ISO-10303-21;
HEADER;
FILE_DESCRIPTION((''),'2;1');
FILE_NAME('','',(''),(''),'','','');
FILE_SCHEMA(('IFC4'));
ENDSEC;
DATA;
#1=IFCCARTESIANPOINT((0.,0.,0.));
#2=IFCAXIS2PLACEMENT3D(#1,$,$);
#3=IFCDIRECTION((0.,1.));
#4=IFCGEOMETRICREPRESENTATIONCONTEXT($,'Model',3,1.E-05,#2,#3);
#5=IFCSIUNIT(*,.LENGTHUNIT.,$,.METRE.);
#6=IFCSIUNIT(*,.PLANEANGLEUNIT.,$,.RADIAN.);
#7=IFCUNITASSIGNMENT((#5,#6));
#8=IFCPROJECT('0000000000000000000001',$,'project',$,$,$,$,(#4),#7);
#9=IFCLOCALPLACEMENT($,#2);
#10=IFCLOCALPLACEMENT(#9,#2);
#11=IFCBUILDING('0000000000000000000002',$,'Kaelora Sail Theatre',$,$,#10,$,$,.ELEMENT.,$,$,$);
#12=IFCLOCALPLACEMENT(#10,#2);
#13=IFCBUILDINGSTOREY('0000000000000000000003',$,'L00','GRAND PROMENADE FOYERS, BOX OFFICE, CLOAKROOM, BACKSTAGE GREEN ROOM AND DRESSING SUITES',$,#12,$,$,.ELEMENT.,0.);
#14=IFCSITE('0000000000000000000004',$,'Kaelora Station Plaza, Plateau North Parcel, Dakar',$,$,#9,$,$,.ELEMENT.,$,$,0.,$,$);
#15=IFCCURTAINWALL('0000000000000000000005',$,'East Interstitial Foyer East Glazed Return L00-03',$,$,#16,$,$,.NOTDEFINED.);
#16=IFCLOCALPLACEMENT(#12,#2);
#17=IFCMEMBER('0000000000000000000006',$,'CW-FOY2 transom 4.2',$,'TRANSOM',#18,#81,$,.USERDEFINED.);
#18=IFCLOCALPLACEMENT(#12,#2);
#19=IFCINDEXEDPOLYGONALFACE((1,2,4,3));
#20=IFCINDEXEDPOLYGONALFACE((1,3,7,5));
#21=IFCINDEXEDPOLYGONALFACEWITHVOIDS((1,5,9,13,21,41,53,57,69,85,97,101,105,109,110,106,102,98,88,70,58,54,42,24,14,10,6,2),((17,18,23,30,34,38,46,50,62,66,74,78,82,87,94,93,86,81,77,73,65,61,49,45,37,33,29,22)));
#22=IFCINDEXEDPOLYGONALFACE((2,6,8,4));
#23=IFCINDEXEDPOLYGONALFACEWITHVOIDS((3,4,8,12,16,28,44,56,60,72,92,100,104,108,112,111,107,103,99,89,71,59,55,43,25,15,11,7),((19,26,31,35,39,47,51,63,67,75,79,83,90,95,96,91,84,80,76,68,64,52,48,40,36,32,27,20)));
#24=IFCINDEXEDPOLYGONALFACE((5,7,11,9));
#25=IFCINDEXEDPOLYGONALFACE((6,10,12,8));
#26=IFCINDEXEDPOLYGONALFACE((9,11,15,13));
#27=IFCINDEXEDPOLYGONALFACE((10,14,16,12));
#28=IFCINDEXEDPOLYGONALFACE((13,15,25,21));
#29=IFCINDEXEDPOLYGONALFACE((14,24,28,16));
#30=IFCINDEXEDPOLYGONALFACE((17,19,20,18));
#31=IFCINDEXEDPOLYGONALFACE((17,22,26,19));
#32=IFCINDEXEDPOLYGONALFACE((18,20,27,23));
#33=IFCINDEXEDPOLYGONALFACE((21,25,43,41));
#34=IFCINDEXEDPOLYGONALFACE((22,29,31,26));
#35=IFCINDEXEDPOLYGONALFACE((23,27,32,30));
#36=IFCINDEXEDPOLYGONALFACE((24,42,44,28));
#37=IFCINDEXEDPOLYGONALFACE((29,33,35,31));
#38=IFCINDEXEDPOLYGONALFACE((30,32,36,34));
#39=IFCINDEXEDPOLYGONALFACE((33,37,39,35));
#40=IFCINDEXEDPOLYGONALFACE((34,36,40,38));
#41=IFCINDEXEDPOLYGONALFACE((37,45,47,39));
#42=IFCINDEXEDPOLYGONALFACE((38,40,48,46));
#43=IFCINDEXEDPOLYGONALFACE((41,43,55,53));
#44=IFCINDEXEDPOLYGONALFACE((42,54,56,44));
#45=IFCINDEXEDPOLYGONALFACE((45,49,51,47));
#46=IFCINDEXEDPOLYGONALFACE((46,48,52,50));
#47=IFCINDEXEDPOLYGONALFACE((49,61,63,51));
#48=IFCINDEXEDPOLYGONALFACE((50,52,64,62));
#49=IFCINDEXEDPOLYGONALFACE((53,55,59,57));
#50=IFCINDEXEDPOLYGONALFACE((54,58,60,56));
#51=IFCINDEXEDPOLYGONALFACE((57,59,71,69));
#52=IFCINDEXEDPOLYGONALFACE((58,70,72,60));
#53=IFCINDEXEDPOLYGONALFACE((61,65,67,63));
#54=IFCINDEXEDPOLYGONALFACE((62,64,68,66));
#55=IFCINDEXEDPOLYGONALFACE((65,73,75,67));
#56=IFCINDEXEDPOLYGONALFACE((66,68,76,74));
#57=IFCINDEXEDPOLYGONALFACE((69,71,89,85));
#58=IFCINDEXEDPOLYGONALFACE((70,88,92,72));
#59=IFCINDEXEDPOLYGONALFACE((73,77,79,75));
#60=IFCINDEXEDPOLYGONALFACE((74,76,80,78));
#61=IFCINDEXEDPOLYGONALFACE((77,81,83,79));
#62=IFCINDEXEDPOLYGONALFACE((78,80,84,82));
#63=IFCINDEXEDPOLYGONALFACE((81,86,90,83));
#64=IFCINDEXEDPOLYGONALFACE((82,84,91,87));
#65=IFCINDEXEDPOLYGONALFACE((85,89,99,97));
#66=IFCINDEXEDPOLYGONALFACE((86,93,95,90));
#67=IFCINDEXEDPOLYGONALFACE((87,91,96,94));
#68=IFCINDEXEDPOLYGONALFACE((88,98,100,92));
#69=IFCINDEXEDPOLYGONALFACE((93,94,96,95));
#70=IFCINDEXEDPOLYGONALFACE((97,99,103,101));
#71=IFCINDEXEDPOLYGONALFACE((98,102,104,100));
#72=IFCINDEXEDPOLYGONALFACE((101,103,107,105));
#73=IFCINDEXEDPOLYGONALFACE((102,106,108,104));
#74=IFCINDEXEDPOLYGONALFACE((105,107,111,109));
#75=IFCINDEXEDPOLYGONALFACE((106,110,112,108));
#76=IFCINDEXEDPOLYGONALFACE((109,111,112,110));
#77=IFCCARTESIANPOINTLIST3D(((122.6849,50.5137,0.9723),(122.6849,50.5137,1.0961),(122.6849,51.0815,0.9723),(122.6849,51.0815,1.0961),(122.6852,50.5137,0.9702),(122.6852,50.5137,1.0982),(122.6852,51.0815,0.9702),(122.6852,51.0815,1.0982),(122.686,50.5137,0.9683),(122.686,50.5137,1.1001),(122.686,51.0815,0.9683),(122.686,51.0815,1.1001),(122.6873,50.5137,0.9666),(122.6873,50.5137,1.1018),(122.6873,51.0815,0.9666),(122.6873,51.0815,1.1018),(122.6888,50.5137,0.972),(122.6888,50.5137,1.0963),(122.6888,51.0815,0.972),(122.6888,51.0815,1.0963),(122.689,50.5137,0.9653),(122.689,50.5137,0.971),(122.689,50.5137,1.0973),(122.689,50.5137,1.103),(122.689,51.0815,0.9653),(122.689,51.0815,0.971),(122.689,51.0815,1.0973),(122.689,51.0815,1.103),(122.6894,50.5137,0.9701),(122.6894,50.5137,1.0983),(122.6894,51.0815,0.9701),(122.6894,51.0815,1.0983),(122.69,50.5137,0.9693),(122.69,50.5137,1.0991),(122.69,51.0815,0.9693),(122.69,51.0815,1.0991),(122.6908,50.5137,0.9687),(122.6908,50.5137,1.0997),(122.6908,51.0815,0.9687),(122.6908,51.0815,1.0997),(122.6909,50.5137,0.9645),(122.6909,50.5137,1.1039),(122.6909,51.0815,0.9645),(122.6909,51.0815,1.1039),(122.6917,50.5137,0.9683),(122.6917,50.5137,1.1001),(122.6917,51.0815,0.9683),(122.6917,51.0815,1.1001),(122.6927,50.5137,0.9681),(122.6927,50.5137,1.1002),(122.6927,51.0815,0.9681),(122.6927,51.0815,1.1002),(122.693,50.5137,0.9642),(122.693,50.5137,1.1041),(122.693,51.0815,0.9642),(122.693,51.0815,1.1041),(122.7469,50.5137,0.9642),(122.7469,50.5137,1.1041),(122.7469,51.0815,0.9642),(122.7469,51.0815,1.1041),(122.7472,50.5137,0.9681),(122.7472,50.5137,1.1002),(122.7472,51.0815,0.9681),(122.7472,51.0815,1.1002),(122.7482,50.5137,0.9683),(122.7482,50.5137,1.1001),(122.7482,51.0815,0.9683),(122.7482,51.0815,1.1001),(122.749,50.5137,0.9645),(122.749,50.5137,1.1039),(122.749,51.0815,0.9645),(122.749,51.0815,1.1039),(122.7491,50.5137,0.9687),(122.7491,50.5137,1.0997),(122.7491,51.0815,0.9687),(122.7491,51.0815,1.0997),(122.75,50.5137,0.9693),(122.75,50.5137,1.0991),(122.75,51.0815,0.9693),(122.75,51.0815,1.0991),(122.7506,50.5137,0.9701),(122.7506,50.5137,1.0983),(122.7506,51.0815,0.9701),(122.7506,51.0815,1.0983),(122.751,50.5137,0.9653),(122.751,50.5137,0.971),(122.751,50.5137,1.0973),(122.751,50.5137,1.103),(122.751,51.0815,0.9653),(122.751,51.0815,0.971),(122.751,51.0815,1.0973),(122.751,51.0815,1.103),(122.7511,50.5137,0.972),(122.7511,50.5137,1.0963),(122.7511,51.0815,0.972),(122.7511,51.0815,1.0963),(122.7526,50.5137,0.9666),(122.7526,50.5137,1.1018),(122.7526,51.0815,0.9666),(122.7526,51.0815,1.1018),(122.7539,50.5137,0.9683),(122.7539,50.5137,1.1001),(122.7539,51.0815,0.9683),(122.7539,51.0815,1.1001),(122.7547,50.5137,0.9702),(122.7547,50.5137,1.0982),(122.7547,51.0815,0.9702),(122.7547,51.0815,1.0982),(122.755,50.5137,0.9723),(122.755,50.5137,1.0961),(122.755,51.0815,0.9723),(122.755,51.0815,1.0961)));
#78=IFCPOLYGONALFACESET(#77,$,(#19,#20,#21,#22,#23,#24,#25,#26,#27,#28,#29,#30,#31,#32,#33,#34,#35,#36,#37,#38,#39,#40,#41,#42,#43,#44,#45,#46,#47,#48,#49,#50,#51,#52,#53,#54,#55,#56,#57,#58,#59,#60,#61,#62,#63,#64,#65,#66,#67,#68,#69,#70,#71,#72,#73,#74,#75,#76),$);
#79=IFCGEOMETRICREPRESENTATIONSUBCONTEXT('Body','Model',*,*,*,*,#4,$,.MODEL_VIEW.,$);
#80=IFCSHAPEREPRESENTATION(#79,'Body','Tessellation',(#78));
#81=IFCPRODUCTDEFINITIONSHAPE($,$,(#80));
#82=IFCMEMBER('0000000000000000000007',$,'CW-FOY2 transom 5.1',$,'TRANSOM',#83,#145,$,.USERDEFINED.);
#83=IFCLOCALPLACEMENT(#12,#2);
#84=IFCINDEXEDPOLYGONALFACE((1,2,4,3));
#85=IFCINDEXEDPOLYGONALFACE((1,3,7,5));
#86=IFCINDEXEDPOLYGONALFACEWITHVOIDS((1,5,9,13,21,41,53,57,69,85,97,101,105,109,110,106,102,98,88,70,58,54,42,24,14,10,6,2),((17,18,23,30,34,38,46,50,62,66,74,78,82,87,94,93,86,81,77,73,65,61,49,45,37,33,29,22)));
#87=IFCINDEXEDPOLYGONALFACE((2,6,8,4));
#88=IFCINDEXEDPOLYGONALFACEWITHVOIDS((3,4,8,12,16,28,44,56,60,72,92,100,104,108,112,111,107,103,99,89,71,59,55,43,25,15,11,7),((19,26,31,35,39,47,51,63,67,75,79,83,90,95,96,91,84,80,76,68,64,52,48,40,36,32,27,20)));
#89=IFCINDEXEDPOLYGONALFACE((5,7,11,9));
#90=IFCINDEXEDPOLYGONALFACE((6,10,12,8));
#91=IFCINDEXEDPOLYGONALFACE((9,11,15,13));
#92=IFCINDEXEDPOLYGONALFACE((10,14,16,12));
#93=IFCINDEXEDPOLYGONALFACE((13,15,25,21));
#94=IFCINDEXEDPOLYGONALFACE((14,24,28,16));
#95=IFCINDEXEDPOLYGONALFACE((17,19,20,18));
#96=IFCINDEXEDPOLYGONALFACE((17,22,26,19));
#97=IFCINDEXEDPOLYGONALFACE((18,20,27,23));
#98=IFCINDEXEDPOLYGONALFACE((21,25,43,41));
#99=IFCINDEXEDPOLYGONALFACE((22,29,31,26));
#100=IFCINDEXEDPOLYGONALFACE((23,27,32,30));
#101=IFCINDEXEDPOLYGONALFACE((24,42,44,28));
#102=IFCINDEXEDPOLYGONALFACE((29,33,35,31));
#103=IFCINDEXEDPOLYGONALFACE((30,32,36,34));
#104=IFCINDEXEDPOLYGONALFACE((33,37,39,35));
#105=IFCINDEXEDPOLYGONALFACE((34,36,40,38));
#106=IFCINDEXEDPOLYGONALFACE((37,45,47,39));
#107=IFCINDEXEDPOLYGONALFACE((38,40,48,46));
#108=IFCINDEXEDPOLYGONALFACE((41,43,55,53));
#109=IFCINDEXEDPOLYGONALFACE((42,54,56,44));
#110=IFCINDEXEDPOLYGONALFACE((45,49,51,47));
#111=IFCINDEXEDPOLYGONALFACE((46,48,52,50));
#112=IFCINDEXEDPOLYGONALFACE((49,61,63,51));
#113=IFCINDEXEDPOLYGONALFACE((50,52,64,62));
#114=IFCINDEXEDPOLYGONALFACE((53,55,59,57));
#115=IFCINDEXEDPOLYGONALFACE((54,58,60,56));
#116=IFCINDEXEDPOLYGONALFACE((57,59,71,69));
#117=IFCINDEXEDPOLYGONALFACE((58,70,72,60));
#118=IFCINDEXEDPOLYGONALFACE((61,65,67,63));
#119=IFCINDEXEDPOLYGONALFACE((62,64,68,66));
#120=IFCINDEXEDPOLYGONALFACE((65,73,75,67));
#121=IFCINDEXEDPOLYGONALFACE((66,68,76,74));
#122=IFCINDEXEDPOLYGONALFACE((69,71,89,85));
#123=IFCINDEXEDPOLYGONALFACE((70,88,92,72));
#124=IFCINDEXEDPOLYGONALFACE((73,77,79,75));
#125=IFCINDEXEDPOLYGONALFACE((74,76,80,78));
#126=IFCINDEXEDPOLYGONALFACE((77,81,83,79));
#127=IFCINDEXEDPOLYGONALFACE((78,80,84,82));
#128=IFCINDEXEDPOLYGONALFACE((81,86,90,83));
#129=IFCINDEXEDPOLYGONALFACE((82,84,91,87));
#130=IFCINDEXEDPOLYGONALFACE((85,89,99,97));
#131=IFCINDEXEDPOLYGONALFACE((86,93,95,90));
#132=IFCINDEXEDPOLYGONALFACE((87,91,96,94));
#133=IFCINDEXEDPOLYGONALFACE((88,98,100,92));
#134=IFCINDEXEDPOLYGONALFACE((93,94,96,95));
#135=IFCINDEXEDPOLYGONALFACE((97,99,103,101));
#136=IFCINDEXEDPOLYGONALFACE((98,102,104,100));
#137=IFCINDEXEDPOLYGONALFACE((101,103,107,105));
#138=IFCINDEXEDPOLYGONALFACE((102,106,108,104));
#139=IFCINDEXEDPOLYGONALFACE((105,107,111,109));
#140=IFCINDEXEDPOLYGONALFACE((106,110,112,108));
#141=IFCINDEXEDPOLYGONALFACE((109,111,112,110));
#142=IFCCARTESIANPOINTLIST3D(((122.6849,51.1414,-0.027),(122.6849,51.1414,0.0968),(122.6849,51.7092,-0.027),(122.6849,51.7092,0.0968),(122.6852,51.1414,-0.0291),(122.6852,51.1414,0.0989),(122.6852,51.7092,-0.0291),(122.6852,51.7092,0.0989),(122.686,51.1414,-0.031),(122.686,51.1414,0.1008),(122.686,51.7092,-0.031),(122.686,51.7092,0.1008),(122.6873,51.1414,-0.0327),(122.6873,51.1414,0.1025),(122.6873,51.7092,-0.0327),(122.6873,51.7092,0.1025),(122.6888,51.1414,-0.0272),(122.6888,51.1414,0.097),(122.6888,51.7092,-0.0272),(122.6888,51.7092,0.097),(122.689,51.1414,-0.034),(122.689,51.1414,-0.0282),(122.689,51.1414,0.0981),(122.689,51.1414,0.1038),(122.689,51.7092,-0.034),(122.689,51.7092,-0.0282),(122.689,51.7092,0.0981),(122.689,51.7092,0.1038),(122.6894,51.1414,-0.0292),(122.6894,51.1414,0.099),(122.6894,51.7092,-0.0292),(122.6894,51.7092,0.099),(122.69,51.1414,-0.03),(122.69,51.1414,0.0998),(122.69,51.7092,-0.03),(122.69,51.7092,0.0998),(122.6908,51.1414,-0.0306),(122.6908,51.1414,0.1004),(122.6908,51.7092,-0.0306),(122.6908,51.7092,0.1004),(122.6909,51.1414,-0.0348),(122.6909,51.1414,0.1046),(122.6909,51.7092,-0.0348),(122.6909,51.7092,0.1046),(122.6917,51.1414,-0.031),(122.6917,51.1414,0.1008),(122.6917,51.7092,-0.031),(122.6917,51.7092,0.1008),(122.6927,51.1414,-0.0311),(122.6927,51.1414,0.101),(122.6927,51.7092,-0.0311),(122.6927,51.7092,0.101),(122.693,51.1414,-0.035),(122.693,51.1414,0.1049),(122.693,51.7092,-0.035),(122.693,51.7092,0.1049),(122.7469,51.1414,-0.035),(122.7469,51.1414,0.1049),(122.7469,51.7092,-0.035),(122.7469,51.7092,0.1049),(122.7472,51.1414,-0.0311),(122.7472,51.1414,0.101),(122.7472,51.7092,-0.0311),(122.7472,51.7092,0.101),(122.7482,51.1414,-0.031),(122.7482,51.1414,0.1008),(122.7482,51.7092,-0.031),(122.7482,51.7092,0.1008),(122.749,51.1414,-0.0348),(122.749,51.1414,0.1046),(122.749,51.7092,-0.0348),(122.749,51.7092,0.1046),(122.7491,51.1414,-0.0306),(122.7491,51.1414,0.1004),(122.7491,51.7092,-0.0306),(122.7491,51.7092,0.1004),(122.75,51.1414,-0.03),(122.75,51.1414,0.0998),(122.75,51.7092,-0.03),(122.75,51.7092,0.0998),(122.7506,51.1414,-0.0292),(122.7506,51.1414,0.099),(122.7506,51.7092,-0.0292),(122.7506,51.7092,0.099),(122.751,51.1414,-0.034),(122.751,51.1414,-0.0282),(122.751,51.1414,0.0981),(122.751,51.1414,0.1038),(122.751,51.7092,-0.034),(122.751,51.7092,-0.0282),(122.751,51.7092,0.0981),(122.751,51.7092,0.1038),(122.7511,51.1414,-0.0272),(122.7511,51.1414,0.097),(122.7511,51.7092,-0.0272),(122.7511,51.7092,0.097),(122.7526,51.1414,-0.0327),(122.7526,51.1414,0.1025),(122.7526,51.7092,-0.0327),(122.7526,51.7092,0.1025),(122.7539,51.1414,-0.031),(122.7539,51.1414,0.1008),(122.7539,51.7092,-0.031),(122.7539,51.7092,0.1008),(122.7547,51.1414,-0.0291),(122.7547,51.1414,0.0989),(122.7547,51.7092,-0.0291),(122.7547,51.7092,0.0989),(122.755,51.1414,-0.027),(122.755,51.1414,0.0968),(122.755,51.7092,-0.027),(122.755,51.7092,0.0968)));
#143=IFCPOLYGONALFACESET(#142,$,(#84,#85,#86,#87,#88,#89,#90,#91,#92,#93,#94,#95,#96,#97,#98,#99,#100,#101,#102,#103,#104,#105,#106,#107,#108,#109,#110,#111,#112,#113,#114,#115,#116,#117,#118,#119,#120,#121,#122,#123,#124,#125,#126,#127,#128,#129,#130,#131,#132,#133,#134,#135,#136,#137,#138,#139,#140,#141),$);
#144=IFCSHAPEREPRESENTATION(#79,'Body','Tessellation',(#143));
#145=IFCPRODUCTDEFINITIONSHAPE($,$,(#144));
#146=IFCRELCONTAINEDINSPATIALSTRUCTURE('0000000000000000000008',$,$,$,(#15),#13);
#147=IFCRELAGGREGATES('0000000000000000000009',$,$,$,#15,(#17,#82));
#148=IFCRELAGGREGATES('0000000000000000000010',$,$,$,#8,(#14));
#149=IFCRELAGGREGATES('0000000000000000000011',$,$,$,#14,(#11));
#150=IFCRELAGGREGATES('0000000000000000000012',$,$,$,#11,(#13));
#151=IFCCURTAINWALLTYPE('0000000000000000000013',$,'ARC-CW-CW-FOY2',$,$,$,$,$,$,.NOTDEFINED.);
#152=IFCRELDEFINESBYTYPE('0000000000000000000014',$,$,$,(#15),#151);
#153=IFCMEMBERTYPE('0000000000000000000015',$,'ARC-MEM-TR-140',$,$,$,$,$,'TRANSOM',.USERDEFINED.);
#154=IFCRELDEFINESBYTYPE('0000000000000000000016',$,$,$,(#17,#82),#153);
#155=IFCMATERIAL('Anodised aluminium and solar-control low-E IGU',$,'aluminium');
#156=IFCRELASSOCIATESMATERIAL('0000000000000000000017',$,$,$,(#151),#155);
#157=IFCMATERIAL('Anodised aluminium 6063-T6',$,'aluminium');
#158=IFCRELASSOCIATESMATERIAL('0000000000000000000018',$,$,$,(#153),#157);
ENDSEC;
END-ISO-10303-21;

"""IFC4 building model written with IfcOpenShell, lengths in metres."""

from ifc_helpers import new_model, si_unit, direction, frame, origin, origin_2d, place, context, subcontext, project, spatial, hollow_rectangle, extrude, material, material_profile, profile_set, type_object, element, aggregate, save


model = new_model("IFC4")

# Units and contexts
model_context = context("Model", 3, precision=1e-05, world=origin(), true_north=direction((0.0, 1.0)))
body_context = subcontext(model_context, "Body", "Model", "MODEL_VIEW")
ifc_project = project(units=[si_unit("LENGTHUNIT", "METRE"), si_unit("PLANEANGLEUNIT", "RADIAN")], contexts=[model_context])

# Site, building, storey
site_placement = place(None, origin())
site = spatial("IfcSite", under=ifc_project, at=site_placement, Name="Kaelora Station Plaza, Plateau North Parcel, Dakar", CompositionType="ELEMENT", RefElevation=0.0)
building_placement = place(site_placement, origin())
building = spatial("IfcBuilding", under=site, at=building_placement, Name="Kaelora Sail Theatre", CompositionType="ELEMENT")
storey_placement = place(building_placement, origin())
storey = spatial("IfcBuildingStorey", under=building, at=storey_placement, Name="L00", Description="GRAND PROMENADE FOYERS, BOX OFFICE, CLOAKROOM, BACKSTAGE GREEN ROOM AND DRESSING SUITES", CompositionType="ELEMENT", Elevation=0.0)

# Curtain wall, members
ifc_material_1 = material(Name="Anodised aluminium and solar-control low-E IGU", Category="aluminium")
curtain_wall_type = type_object("IfcCurtainWallType", Name="ARC-CW-CW-FOY2", PredefinedType="NOTDEFINED", material=ifc_material_1)
curtain_wall_placement = place(storey_placement, origin())
curtain_wall = element("IfcCurtainWall", 1, at=curtain_wall_placement, inside=storey, type_object=curtain_wall_type, Name="East Interstitial Foyer East Glazed Return L00-03", PredefinedType="NOTDEFINED")
ifc_material_2 = material(Name="Anodised aluminium 6063-T6", Category="aluminium")
ifc_material_profile_1 = material_profile(ifc_material_2, hollow_rectangle(XDim=0.0701, YDim=0.1399, WallThickness=0.0039, InnerFilletRadius=0.0039, OuterFilletRadius=0.0081, at=origin_2d()), Name="ALU-TRAN 70x140x4")
ifc_profile_set_1 = profile_set([ifc_material_profile_1], Name="Anodised aluminium 6063-T6")
member_type_1 = type_object("IfcMemberType", Name="ARC-MEM-TR-140", ElementType="TRANSOM", PredefinedType="USERDEFINED", material=ifc_profile_set_1)
member_1_placement = place(storey_placement, frame((122.72, 50.5137, 1.0342), z_axis=(0.0, 1.0, 0.0), x_axis=(-1.0, 0.0, 0.0)))
member_1 = element("IfcMember", 2, at=member_1_placement, type_object=member_type_1, Name="CW-FOY2 transom 4.2", ObjectType="TRANSOM", PredefinedType="USERDEFINED", context=body_context, shape_type="SweptSolid", body=[
    extrude(hollow_rectangle(XDim=0.0701, YDim=0.1399, WallThickness=0.0039, InnerFilletRadius=0.0039, OuterFilletRadius=0.0081, at=origin_2d()), origin(), (0.0, 0.0, 1.0), 0.5679),
])
member_2_placement = place(storey_placement, frame((122.72, 51.1414, 0.0349), z_axis=(0.0, 1.0, 0.0), x_axis=(-1.0, 0.0, 0.0)))
member_2 = element("IfcMember", 3, at=member_2_placement, type_object=member_type_1, Name="CW-FOY2 transom 5.1", ObjectType="TRANSOM", PredefinedType="USERDEFINED", context=body_context, shape_type="SweptSolid", body=[
    extrude(hollow_rectangle(XDim=0.0701, YDim=0.1399, WallThickness=0.0039, InnerFilletRadius=0.0039, OuterFilletRadius=0.0081, at=origin_2d()), origin(), (0.0, 0.0, 1.0), 0.5679),
])
aggregate(curtain_wall, [member_1, member_2])

save(model, "model.ifc")
